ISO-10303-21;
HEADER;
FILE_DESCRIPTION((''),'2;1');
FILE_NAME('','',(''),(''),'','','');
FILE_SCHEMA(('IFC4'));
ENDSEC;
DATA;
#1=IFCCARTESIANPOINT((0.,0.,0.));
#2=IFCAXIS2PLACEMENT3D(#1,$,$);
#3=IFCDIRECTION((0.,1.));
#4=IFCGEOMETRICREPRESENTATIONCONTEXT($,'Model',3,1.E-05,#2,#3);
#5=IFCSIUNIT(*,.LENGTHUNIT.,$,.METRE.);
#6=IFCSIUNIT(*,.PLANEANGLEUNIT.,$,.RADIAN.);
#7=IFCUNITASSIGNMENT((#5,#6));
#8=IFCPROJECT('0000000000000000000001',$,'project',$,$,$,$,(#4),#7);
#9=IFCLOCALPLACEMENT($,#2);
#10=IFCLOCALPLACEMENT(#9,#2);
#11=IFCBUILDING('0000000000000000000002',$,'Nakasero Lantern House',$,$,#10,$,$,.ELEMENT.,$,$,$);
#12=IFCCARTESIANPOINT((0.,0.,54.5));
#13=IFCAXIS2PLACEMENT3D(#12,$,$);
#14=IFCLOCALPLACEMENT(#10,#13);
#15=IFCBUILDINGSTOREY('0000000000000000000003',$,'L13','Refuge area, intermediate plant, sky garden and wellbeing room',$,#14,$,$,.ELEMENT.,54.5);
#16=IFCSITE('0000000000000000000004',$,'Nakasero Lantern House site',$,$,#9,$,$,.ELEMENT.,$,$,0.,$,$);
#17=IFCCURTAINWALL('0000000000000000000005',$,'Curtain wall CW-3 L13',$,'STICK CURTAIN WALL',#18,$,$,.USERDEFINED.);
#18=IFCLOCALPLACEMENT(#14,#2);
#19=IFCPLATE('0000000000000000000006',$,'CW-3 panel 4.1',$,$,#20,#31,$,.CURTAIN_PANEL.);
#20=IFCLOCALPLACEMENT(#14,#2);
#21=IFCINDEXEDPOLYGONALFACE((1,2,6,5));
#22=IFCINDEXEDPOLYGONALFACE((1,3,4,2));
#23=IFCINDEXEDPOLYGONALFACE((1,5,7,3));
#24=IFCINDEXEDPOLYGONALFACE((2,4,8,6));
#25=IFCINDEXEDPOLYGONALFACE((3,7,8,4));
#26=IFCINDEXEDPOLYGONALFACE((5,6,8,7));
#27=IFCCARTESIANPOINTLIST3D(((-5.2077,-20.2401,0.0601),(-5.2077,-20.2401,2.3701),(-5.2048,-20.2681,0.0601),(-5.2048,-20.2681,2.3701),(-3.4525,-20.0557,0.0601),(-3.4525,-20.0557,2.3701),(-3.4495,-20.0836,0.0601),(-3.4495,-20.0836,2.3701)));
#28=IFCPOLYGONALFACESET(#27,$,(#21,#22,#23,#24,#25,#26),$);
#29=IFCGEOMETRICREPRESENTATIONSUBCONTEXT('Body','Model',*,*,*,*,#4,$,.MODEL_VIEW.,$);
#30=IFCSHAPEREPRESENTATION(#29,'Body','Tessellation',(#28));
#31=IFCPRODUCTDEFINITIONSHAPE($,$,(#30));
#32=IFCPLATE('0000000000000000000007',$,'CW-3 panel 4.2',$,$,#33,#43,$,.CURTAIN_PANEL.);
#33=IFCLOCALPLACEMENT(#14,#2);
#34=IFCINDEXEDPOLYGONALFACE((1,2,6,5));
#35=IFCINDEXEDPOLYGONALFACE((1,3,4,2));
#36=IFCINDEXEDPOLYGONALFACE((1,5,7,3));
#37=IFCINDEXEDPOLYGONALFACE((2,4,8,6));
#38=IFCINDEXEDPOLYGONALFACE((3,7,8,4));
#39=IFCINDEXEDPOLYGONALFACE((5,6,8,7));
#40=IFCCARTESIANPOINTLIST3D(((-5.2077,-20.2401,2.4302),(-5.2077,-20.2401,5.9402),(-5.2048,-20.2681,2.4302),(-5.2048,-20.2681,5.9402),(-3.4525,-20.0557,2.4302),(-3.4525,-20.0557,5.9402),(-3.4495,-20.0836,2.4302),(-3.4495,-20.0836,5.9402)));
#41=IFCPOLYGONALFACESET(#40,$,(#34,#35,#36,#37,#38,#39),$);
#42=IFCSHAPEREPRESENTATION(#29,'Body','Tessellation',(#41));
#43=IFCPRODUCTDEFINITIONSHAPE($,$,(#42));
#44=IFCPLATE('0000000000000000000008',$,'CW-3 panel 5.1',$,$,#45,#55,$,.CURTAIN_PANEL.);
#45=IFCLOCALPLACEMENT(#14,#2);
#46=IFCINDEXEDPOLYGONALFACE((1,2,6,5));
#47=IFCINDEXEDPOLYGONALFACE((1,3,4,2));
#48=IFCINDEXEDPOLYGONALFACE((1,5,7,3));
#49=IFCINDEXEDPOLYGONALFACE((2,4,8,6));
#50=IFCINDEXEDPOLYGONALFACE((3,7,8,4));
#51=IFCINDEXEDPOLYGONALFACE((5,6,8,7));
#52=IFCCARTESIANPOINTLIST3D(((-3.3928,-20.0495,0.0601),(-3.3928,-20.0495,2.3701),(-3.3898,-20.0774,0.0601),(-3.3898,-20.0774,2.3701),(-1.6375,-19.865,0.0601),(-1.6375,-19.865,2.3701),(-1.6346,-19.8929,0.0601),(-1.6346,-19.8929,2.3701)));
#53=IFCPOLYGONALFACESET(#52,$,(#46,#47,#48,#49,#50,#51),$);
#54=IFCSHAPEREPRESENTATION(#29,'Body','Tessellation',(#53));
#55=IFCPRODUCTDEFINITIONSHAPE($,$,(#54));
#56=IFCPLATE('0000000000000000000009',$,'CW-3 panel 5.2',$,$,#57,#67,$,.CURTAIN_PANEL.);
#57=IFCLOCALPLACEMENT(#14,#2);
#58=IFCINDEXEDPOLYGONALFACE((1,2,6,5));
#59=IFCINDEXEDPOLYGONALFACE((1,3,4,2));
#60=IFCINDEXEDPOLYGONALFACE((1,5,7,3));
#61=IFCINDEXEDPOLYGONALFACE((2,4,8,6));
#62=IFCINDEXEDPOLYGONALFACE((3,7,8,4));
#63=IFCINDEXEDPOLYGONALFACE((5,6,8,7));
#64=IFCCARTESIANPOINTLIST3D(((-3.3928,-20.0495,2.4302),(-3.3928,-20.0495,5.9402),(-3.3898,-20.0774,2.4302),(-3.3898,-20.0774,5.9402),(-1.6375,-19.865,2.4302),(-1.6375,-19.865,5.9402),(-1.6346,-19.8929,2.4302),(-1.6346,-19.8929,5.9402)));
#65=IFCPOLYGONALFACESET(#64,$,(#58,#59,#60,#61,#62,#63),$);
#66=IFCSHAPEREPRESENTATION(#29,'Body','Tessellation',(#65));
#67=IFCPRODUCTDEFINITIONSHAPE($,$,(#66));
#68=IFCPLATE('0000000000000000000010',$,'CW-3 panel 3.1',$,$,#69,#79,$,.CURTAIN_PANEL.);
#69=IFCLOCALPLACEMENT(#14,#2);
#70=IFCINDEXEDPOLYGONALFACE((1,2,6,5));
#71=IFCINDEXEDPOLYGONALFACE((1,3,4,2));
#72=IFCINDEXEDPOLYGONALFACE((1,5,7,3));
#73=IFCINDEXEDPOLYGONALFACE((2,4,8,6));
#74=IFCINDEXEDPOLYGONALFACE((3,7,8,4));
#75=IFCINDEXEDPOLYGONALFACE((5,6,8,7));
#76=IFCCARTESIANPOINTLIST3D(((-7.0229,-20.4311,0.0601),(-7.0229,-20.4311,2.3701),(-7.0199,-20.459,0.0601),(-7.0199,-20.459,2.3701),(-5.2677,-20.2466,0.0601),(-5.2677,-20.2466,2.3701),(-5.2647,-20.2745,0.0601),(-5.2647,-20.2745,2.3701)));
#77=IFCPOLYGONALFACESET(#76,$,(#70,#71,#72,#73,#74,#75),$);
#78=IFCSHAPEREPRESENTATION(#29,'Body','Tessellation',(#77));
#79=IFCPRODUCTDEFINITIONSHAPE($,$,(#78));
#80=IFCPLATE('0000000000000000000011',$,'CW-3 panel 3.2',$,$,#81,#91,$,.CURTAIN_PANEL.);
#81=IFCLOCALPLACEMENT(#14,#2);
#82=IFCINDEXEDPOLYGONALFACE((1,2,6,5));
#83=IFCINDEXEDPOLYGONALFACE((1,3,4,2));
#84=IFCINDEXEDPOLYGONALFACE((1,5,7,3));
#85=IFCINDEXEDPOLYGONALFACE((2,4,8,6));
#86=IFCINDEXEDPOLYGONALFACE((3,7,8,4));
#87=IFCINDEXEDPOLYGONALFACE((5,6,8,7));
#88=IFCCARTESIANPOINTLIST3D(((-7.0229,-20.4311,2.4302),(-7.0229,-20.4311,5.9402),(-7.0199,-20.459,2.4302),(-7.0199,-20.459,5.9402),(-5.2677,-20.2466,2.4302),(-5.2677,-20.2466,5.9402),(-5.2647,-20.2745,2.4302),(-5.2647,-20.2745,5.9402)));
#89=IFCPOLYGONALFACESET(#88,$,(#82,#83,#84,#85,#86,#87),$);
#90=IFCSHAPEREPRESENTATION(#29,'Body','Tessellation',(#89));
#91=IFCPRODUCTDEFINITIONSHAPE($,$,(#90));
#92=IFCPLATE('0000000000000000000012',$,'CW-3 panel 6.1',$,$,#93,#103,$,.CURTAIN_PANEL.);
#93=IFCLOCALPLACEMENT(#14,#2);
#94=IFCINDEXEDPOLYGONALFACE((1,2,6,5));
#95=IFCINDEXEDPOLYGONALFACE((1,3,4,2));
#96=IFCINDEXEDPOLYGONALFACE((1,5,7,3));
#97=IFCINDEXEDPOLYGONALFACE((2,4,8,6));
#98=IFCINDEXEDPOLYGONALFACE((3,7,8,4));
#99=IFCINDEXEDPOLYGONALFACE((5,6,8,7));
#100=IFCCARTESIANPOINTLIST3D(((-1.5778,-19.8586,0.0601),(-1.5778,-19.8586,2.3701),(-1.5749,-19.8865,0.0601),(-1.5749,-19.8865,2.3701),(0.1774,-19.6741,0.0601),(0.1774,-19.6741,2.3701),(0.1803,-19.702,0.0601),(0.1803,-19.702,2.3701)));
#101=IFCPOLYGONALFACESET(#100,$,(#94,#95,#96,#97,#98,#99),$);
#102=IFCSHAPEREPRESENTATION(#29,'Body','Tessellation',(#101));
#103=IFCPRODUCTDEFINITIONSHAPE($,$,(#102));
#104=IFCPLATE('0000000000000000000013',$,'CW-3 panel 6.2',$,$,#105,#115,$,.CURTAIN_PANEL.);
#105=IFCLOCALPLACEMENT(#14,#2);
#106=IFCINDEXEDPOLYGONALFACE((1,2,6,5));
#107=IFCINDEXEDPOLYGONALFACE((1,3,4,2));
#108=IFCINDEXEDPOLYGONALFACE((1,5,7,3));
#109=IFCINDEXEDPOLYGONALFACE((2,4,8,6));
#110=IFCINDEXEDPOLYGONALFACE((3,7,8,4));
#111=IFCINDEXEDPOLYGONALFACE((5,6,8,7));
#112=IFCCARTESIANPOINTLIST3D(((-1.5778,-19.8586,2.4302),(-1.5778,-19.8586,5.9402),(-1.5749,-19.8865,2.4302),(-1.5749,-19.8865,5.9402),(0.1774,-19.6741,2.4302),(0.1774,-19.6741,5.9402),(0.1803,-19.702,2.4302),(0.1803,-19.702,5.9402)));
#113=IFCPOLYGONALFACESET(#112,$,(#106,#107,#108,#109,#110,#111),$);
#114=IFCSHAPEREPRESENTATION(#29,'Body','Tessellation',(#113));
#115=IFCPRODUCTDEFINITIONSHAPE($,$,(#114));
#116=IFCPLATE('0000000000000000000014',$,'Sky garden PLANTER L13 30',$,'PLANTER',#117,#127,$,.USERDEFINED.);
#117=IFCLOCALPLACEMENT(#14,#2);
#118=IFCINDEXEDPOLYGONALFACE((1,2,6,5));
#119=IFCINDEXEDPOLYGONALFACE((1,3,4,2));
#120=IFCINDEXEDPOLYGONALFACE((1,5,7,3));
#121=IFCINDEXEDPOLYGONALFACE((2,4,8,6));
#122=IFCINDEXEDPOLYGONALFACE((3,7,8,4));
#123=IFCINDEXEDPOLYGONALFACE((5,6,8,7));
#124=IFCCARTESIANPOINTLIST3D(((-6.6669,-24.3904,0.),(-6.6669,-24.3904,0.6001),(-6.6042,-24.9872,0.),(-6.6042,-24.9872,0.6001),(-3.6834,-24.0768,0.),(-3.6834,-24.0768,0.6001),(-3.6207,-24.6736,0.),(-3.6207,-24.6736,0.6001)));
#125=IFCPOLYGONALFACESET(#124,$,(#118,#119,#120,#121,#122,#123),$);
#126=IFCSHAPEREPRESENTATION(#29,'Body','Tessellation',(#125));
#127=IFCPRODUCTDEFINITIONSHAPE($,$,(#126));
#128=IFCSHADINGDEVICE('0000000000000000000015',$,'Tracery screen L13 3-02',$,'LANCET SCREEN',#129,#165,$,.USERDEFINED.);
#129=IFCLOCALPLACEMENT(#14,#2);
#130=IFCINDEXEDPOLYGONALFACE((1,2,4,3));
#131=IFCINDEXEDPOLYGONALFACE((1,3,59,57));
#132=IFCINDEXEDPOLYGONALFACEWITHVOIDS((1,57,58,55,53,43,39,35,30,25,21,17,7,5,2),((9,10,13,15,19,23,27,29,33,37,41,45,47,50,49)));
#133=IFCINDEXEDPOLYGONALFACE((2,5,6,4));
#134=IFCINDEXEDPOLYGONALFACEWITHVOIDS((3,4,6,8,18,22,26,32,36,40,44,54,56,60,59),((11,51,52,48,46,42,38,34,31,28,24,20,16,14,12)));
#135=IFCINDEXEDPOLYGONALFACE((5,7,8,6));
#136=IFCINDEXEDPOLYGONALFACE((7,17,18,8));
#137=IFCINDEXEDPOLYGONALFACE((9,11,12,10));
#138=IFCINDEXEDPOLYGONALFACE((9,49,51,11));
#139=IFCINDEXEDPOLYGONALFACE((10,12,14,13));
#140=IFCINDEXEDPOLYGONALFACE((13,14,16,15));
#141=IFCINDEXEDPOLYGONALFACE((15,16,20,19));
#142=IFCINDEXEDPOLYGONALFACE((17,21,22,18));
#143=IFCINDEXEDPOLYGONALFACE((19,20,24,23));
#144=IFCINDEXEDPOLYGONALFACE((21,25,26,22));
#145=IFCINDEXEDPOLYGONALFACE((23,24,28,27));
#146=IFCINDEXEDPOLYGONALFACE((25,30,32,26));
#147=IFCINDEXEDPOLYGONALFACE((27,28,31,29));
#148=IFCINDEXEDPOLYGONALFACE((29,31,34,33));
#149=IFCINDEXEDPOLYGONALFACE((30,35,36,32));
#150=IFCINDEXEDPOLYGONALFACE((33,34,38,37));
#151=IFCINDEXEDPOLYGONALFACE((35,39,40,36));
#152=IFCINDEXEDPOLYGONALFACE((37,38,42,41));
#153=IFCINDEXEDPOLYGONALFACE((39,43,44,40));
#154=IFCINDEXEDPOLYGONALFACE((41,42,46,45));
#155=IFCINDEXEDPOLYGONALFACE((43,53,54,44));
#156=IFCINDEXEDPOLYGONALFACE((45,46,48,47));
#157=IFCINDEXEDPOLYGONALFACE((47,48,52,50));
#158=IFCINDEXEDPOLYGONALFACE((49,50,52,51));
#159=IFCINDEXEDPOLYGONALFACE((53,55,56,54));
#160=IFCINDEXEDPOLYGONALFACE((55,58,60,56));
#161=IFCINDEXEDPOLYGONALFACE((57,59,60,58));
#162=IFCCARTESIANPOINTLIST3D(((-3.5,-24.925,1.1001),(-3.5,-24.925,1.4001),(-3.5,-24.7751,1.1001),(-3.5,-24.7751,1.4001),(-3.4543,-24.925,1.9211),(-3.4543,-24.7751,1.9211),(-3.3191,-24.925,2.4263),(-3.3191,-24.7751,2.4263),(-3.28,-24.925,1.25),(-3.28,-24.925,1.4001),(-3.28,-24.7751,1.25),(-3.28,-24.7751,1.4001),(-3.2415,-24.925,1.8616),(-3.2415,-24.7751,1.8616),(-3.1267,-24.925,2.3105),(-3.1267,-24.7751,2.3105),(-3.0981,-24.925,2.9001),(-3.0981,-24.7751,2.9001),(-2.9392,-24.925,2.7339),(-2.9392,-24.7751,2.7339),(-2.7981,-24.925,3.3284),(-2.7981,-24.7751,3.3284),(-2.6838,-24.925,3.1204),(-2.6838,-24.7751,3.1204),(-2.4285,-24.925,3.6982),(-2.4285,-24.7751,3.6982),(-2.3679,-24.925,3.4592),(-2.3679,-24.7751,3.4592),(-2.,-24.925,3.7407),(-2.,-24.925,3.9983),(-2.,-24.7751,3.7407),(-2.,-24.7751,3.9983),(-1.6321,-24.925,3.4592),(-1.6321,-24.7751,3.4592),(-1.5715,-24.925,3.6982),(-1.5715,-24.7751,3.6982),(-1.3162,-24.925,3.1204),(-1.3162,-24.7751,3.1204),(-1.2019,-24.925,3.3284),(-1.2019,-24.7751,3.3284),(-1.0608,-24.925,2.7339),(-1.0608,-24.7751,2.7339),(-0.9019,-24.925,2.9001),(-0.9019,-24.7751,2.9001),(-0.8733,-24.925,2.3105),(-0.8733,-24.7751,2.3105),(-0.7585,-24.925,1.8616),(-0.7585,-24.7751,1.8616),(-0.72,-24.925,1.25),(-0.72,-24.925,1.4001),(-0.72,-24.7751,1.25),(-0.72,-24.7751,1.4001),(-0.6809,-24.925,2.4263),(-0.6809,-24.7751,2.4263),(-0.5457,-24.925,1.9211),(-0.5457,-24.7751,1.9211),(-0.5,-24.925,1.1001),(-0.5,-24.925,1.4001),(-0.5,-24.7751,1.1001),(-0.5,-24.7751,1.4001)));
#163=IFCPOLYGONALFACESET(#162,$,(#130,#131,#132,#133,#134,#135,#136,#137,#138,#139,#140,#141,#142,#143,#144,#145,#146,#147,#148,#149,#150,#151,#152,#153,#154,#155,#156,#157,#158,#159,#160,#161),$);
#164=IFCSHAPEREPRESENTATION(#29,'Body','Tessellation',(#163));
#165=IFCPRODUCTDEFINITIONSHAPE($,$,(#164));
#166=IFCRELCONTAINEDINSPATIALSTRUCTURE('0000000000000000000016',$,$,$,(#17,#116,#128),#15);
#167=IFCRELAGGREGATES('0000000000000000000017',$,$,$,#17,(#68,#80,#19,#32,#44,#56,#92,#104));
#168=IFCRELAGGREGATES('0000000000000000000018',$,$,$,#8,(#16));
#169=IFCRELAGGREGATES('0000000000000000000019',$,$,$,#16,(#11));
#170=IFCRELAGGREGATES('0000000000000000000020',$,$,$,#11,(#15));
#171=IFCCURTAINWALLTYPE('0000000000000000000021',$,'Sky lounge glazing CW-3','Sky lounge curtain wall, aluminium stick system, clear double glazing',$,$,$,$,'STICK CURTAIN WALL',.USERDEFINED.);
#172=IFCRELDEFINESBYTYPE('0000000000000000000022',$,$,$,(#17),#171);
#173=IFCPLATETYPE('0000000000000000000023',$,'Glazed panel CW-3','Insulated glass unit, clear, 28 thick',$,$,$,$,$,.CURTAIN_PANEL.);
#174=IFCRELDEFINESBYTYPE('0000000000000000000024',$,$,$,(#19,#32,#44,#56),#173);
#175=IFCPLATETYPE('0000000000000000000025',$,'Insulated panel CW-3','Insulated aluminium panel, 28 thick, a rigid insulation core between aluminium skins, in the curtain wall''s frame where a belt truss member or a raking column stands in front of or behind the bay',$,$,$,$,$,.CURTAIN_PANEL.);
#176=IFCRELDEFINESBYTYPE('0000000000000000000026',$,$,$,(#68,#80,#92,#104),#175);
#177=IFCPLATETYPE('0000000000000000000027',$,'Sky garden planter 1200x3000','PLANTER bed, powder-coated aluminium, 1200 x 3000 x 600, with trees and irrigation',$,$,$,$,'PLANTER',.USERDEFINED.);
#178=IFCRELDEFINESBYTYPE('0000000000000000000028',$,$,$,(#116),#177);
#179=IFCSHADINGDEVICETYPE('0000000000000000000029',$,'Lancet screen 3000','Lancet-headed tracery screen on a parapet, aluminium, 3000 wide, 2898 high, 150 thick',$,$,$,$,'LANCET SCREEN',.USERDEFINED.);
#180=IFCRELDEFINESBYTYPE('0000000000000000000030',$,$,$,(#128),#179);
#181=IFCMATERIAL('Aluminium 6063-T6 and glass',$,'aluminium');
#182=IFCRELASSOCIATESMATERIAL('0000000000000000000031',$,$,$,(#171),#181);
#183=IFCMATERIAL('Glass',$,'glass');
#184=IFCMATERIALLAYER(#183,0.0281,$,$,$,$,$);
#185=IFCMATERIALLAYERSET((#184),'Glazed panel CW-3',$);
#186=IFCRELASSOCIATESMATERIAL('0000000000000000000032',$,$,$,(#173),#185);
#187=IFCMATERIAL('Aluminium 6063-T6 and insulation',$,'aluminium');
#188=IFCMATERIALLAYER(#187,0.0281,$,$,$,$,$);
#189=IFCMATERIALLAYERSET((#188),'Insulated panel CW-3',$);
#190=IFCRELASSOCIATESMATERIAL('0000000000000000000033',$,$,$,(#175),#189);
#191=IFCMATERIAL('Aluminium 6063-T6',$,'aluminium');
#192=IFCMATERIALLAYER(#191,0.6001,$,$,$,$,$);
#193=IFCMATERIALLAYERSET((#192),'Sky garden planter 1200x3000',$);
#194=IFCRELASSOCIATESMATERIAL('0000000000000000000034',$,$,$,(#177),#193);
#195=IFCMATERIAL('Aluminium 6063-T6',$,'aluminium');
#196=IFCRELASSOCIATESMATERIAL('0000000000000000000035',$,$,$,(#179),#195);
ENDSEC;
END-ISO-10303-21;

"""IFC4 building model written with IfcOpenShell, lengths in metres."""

from ifc_helpers import new_model, si_unit, direction, frame, origin, origin_2d, place, context, subcontext, project, spatial, polyline, rectangle, outline, extrude, material, layer, layer_set, type_object, element, aggregate, save


model = new_model("IFC4")

# Units and contexts
model_context = context("Model", 3, precision=1e-05, world=origin(), true_north=direction((0.0, 1.0)))
body_context = subcontext(model_context, "Body", "Model", "MODEL_VIEW")
ifc_project = project(units=[si_unit("LENGTHUNIT", "METRE"), si_unit("PLANEANGLEUNIT", "RADIAN")], contexts=[model_context])

# Site, building, storey
site_placement = place(None, origin())
site = spatial("IfcSite", under=ifc_project, at=site_placement, Name="Nakasero Lantern House site", CompositionType="ELEMENT", RefElevation=0.0)
building_placement = place(site_placement, origin())
building = spatial("IfcBuilding", under=site, at=building_placement, Name="Nakasero Lantern House", CompositionType="ELEMENT")
storey_placement = place(building_placement, frame((0.0, 0.0, 54.5)))
storey = spatial("IfcBuildingStorey", under=building, at=storey_placement, Name="L13", Description="Refuge area, intermediate plant, sky garden and wellbeing room", CompositionType="ELEMENT", Elevation=54.5)

# Curtain wall
ifc_material_1 = material(Name="Aluminium 6063-T6 and glass", Category="aluminium")
curtain_wall_type = type_object("IfcCurtainWallType", Name="Sky lounge glazing CW-3", Description="Sky lounge curtain wall, aluminium stick system, clear double glazing", ElementType="STICK CURTAIN WALL", PredefinedType="USERDEFINED", material=ifc_material_1)
curtain_wall_placement = place(storey_placement, origin())
curtain_wall = element("IfcCurtainWall", 1, at=curtain_wall_placement, inside=storey, type_object=curtain_wall_type, Name="Curtain wall CW-3 L13", ObjectType="STICK CURTAIN WALL", PredefinedType="USERDEFINED")

# Plates
ifc_material_2 = material(Name="Glass", Category="glass")
ifc_layer_1 = layer(ifc_material_2, 0.0281)
ifc_layer_set_1 = layer_set([ifc_layer_1], Name="Glazed panel CW-3")
plate_type_1 = type_object("IfcPlateType", Name="Glazed panel CW-3", Description="Insulated glass unit, clear, 28 thick", PredefinedType="CURTAIN_PANEL", material=ifc_layer_set_1)
plate_1_placement = place(storey_placement, frame((-4.3286, -20.1619, 0.0601), z_axis=(0.0, 0.0, 1.0), x_axis=(0.994522, 0.104528, 0.0)))
plate_1 = element("IfcPlate", 2, at=plate_1_placement, type_object=plate_type_1, Name="CW-3 panel 4.1", PredefinedType="CURTAIN_PANEL", context=body_context, shape_type="SweptSolid", body=[
    extrude(rectangle(XDim=1.7649, YDim=0.0281, at=origin_2d()), origin(), (0.0, 0.0, 1.0), 2.3101),
])
plate_2_placement = place(storey_placement, frame((-4.3286, -20.1619, 2.4302), z_axis=(0.0, 0.0, 1.0), x_axis=(0.994522, 0.104528, 0.0)))
plate_2 = element("IfcPlate", 3, at=plate_2_placement, type_object=plate_type_1, Name="CW-3 panel 4.2", PredefinedType="CURTAIN_PANEL", context=body_context, shape_type="SweptSolid", body=[
    extrude(rectangle(XDim=1.7649, YDim=0.0281, at=origin_2d()), origin(), (0.0, 0.0, 1.0), 3.51),
])
plate_3_placement = place(storey_placement, frame((-2.5137, -19.9712, 0.0601), z_axis=(0.0, 0.0, 1.0), x_axis=(0.994522, 0.104528, 0.0)))
plate_3 = element("IfcPlate", 4, at=plate_3_placement, type_object=plate_type_1, Name="CW-3 panel 5.1", PredefinedType="CURTAIN_PANEL", context=body_context, shape_type="SweptSolid", body=[
    extrude(rectangle(XDim=1.7649, YDim=0.0281, at=origin_2d()), origin(), (0.0, 0.0, 1.0), 2.3101),
])
plate_4_placement = place(storey_placement, frame((-2.5137, -19.9712, 2.4302), z_axis=(0.0, 0.0, 1.0), x_axis=(0.994522, 0.104528, 0.0)))
plate_4 = element("IfcPlate", 5, at=plate_4_placement, type_object=plate_type_1, Name="CW-3 panel 5.2", PredefinedType="CURTAIN_PANEL", context=body_context, shape_type="SweptSolid", body=[
    extrude(rectangle(XDim=1.7649, YDim=0.0281, at=origin_2d()), origin(), (0.0, 0.0, 1.0), 3.51),
])
ifc_material_3 = material(Name="Aluminium 6063-T6 and insulation", Category="aluminium")
ifc_layer_2 = layer(ifc_material_3, 0.0281)
ifc_layer_set_2 = layer_set([ifc_layer_2], Name="Insulated panel CW-3")
plate_type_2 = type_object("IfcPlateType", Name="Insulated panel CW-3", Description="Insulated aluminium panel, 28 thick, a rigid insulation core between aluminium skins, in the curtain wall's frame where a belt truss member or a raking column stands in front of or behind the bay", PredefinedType="CURTAIN_PANEL", material=ifc_layer_set_2)
plate_5_placement = place(storey_placement, frame((-6.1438, -20.3528, 0.0601), z_axis=(0.0, 0.0, 1.0), x_axis=(0.994522, 0.104528, 0.0)))
plate_5 = element("IfcPlate", 6, at=plate_5_placement, type_object=plate_type_2, Name="CW-3 panel 3.1", PredefinedType="CURTAIN_PANEL", context=body_context, shape_type="SweptSolid", body=[
    extrude(rectangle(XDim=1.7649, YDim=0.0281, at=origin_2d()), origin(), (0.0, 0.0, 1.0), 2.3101),
])
plate_6_placement = place(storey_placement, frame((-6.1438, -20.3528, 2.4302), z_axis=(0.0, 0.0, 1.0), x_axis=(0.994522, 0.104528, 0.0)))
plate_6 = element("IfcPlate", 7, at=plate_6_placement, type_object=plate_type_2, Name="CW-3 panel 3.2", PredefinedType="CURTAIN_PANEL", context=body_context, shape_type="SweptSolid", body=[
    extrude(rectangle(XDim=1.7649, YDim=0.0281, at=origin_2d()), origin(), (0.0, 0.0, 1.0), 3.51),
])
plate_7_placement = place(storey_placement, frame((-0.6987, -19.7803, 0.0601), z_axis=(0.0, 0.0, 1.0), x_axis=(0.994522, 0.104528, 0.0)))
plate_7 = element("IfcPlate", 8, at=plate_7_placement, type_object=plate_type_2, Name="CW-3 panel 6.1", PredefinedType="CURTAIN_PANEL", context=body_context, shape_type="SweptSolid", body=[
    extrude(rectangle(XDim=1.7649, YDim=0.0281, at=origin_2d()), origin(), (0.0, 0.0, 1.0), 2.3101),
])
plate_8_placement = place(storey_placement, frame((-0.6987, -19.7803, 2.4302), z_axis=(0.0, 0.0, 1.0), x_axis=(0.994522, 0.104528, 0.0)))
plate_8 = element("IfcPlate", 9, at=plate_8_placement, type_object=plate_type_2, Name="CW-3 panel 6.2", PredefinedType="CURTAIN_PANEL", context=body_context, shape_type="SweptSolid", body=[
    extrude(rectangle(XDim=1.7649, YDim=0.0281, at=origin_2d()), origin(), (0.0, 0.0, 1.0), 3.51),
])
aggregate(curtain_wall, [plate_5, plate_6, plate_1, plate_2, plate_3, plate_4, plate_7, plate_8])
ifc_material_4 = material(Name="Aluminium 6063-T6", Category="aluminium")
ifc_layer_3 = layer(ifc_material_4, 0.6001)
ifc_layer_set_3 = layer_set([ifc_layer_3], Name="Sky garden planter 1200x3000")
plate_type_3 = type_object("IfcPlateType", Name="Sky garden planter 1200x3000", Description="PLANTER bed, powder-coated aluminium, 1200 x 3000 x 600, with trees and irrigation", ElementType="PLANTER", PredefinedType="USERDEFINED", material=ifc_layer_set_3)
plate_9_placement = place(storey_placement, frame((-5.1438, -24.532, 0.0), z_axis=(0.0, 0.0, 1.0), x_axis=(0.104528, -0.994522, 0.0)))
element("IfcPlate", 10, at=plate_9_placement, inside=storey, type_object=plate_type_3, Name="Sky garden PLANTER L13 30", ObjectType="PLANTER", PredefinedType="USERDEFINED", context=body_context, shape_type="SweptSolid", body=[
    extrude(rectangle(XDim=0.6001, YDim=3.0, at=origin_2d()), origin(), (0.0, 0.0, 1.0), 0.6001),
])

# Shading device
ifc_material_5 = material(Name="Aluminium 6063-T6", Category="aluminium")
shading_device_type = type_object("IfcShadingDeviceType", Name="Lancet screen 3000", Description="Lancet-headed tracery screen on a parapet, aluminium, 3000 wide, 2898 high, 150 thick", ElementType="LANCET SCREEN", PredefinedType="USERDEFINED", material=ifc_material_5)
shading_device_placement = place(storey_placement, frame((-2.0, -24.8501, 1.1001), z_axis=(0.0, 0.0, 1.0), x_axis=(1.0, 0.0, 0.0)))
element("IfcShadingDevice", 11, at=shading_device_placement, inside=storey, type_object=shading_device_type, Name="Tracery screen L13 3-02", ObjectType="LANCET SCREEN", PredefinedType="USERDEFINED", context=body_context, shape_type="SweptSolid", body=[
    extrude(outline(polyline([(-1.5, 0.0), (1.5, 0.0), (1.5, 0.3), (1.4543, 0.821), (1.3191, 1.3262), (1.0981, 1.8), (0.7981, 2.2283), (0.4285, 2.5981), (0.0, 2.8982), (-0.4285, 2.5981), (-0.7981, 2.2283), (-1.0981, 1.8), (-1.3191, 1.3262), (-1.4543, 0.821), (-1.5, 0.3), (-1.5, 0.0)]), holes=[polyline([(-1.28, 0.1499), (1.28, 0.1499), (1.28, 0.3), (1.2415, 0.7615), (1.1267, 1.2104), (0.9392, 1.6338), (0.6838, 2.0203), (0.3679, 2.3591), (0.0, 2.6406), (-0.3679, 2.3591), (-0.6838, 2.0203), (-0.9392, 1.6338), (-1.1267, 1.2104), (-1.2415, 0.7615), (-1.28, 0.3), (-1.28, 0.1499)])]), frame((0.0, 0.075, 0.0), z_axis=(0.0, -1.0, 0.0), x_axis=(1.0, 0.0, 0.0)), (0.0, 0.0, 1.0), 0.1499),
])

save(model, "model.ifc")
